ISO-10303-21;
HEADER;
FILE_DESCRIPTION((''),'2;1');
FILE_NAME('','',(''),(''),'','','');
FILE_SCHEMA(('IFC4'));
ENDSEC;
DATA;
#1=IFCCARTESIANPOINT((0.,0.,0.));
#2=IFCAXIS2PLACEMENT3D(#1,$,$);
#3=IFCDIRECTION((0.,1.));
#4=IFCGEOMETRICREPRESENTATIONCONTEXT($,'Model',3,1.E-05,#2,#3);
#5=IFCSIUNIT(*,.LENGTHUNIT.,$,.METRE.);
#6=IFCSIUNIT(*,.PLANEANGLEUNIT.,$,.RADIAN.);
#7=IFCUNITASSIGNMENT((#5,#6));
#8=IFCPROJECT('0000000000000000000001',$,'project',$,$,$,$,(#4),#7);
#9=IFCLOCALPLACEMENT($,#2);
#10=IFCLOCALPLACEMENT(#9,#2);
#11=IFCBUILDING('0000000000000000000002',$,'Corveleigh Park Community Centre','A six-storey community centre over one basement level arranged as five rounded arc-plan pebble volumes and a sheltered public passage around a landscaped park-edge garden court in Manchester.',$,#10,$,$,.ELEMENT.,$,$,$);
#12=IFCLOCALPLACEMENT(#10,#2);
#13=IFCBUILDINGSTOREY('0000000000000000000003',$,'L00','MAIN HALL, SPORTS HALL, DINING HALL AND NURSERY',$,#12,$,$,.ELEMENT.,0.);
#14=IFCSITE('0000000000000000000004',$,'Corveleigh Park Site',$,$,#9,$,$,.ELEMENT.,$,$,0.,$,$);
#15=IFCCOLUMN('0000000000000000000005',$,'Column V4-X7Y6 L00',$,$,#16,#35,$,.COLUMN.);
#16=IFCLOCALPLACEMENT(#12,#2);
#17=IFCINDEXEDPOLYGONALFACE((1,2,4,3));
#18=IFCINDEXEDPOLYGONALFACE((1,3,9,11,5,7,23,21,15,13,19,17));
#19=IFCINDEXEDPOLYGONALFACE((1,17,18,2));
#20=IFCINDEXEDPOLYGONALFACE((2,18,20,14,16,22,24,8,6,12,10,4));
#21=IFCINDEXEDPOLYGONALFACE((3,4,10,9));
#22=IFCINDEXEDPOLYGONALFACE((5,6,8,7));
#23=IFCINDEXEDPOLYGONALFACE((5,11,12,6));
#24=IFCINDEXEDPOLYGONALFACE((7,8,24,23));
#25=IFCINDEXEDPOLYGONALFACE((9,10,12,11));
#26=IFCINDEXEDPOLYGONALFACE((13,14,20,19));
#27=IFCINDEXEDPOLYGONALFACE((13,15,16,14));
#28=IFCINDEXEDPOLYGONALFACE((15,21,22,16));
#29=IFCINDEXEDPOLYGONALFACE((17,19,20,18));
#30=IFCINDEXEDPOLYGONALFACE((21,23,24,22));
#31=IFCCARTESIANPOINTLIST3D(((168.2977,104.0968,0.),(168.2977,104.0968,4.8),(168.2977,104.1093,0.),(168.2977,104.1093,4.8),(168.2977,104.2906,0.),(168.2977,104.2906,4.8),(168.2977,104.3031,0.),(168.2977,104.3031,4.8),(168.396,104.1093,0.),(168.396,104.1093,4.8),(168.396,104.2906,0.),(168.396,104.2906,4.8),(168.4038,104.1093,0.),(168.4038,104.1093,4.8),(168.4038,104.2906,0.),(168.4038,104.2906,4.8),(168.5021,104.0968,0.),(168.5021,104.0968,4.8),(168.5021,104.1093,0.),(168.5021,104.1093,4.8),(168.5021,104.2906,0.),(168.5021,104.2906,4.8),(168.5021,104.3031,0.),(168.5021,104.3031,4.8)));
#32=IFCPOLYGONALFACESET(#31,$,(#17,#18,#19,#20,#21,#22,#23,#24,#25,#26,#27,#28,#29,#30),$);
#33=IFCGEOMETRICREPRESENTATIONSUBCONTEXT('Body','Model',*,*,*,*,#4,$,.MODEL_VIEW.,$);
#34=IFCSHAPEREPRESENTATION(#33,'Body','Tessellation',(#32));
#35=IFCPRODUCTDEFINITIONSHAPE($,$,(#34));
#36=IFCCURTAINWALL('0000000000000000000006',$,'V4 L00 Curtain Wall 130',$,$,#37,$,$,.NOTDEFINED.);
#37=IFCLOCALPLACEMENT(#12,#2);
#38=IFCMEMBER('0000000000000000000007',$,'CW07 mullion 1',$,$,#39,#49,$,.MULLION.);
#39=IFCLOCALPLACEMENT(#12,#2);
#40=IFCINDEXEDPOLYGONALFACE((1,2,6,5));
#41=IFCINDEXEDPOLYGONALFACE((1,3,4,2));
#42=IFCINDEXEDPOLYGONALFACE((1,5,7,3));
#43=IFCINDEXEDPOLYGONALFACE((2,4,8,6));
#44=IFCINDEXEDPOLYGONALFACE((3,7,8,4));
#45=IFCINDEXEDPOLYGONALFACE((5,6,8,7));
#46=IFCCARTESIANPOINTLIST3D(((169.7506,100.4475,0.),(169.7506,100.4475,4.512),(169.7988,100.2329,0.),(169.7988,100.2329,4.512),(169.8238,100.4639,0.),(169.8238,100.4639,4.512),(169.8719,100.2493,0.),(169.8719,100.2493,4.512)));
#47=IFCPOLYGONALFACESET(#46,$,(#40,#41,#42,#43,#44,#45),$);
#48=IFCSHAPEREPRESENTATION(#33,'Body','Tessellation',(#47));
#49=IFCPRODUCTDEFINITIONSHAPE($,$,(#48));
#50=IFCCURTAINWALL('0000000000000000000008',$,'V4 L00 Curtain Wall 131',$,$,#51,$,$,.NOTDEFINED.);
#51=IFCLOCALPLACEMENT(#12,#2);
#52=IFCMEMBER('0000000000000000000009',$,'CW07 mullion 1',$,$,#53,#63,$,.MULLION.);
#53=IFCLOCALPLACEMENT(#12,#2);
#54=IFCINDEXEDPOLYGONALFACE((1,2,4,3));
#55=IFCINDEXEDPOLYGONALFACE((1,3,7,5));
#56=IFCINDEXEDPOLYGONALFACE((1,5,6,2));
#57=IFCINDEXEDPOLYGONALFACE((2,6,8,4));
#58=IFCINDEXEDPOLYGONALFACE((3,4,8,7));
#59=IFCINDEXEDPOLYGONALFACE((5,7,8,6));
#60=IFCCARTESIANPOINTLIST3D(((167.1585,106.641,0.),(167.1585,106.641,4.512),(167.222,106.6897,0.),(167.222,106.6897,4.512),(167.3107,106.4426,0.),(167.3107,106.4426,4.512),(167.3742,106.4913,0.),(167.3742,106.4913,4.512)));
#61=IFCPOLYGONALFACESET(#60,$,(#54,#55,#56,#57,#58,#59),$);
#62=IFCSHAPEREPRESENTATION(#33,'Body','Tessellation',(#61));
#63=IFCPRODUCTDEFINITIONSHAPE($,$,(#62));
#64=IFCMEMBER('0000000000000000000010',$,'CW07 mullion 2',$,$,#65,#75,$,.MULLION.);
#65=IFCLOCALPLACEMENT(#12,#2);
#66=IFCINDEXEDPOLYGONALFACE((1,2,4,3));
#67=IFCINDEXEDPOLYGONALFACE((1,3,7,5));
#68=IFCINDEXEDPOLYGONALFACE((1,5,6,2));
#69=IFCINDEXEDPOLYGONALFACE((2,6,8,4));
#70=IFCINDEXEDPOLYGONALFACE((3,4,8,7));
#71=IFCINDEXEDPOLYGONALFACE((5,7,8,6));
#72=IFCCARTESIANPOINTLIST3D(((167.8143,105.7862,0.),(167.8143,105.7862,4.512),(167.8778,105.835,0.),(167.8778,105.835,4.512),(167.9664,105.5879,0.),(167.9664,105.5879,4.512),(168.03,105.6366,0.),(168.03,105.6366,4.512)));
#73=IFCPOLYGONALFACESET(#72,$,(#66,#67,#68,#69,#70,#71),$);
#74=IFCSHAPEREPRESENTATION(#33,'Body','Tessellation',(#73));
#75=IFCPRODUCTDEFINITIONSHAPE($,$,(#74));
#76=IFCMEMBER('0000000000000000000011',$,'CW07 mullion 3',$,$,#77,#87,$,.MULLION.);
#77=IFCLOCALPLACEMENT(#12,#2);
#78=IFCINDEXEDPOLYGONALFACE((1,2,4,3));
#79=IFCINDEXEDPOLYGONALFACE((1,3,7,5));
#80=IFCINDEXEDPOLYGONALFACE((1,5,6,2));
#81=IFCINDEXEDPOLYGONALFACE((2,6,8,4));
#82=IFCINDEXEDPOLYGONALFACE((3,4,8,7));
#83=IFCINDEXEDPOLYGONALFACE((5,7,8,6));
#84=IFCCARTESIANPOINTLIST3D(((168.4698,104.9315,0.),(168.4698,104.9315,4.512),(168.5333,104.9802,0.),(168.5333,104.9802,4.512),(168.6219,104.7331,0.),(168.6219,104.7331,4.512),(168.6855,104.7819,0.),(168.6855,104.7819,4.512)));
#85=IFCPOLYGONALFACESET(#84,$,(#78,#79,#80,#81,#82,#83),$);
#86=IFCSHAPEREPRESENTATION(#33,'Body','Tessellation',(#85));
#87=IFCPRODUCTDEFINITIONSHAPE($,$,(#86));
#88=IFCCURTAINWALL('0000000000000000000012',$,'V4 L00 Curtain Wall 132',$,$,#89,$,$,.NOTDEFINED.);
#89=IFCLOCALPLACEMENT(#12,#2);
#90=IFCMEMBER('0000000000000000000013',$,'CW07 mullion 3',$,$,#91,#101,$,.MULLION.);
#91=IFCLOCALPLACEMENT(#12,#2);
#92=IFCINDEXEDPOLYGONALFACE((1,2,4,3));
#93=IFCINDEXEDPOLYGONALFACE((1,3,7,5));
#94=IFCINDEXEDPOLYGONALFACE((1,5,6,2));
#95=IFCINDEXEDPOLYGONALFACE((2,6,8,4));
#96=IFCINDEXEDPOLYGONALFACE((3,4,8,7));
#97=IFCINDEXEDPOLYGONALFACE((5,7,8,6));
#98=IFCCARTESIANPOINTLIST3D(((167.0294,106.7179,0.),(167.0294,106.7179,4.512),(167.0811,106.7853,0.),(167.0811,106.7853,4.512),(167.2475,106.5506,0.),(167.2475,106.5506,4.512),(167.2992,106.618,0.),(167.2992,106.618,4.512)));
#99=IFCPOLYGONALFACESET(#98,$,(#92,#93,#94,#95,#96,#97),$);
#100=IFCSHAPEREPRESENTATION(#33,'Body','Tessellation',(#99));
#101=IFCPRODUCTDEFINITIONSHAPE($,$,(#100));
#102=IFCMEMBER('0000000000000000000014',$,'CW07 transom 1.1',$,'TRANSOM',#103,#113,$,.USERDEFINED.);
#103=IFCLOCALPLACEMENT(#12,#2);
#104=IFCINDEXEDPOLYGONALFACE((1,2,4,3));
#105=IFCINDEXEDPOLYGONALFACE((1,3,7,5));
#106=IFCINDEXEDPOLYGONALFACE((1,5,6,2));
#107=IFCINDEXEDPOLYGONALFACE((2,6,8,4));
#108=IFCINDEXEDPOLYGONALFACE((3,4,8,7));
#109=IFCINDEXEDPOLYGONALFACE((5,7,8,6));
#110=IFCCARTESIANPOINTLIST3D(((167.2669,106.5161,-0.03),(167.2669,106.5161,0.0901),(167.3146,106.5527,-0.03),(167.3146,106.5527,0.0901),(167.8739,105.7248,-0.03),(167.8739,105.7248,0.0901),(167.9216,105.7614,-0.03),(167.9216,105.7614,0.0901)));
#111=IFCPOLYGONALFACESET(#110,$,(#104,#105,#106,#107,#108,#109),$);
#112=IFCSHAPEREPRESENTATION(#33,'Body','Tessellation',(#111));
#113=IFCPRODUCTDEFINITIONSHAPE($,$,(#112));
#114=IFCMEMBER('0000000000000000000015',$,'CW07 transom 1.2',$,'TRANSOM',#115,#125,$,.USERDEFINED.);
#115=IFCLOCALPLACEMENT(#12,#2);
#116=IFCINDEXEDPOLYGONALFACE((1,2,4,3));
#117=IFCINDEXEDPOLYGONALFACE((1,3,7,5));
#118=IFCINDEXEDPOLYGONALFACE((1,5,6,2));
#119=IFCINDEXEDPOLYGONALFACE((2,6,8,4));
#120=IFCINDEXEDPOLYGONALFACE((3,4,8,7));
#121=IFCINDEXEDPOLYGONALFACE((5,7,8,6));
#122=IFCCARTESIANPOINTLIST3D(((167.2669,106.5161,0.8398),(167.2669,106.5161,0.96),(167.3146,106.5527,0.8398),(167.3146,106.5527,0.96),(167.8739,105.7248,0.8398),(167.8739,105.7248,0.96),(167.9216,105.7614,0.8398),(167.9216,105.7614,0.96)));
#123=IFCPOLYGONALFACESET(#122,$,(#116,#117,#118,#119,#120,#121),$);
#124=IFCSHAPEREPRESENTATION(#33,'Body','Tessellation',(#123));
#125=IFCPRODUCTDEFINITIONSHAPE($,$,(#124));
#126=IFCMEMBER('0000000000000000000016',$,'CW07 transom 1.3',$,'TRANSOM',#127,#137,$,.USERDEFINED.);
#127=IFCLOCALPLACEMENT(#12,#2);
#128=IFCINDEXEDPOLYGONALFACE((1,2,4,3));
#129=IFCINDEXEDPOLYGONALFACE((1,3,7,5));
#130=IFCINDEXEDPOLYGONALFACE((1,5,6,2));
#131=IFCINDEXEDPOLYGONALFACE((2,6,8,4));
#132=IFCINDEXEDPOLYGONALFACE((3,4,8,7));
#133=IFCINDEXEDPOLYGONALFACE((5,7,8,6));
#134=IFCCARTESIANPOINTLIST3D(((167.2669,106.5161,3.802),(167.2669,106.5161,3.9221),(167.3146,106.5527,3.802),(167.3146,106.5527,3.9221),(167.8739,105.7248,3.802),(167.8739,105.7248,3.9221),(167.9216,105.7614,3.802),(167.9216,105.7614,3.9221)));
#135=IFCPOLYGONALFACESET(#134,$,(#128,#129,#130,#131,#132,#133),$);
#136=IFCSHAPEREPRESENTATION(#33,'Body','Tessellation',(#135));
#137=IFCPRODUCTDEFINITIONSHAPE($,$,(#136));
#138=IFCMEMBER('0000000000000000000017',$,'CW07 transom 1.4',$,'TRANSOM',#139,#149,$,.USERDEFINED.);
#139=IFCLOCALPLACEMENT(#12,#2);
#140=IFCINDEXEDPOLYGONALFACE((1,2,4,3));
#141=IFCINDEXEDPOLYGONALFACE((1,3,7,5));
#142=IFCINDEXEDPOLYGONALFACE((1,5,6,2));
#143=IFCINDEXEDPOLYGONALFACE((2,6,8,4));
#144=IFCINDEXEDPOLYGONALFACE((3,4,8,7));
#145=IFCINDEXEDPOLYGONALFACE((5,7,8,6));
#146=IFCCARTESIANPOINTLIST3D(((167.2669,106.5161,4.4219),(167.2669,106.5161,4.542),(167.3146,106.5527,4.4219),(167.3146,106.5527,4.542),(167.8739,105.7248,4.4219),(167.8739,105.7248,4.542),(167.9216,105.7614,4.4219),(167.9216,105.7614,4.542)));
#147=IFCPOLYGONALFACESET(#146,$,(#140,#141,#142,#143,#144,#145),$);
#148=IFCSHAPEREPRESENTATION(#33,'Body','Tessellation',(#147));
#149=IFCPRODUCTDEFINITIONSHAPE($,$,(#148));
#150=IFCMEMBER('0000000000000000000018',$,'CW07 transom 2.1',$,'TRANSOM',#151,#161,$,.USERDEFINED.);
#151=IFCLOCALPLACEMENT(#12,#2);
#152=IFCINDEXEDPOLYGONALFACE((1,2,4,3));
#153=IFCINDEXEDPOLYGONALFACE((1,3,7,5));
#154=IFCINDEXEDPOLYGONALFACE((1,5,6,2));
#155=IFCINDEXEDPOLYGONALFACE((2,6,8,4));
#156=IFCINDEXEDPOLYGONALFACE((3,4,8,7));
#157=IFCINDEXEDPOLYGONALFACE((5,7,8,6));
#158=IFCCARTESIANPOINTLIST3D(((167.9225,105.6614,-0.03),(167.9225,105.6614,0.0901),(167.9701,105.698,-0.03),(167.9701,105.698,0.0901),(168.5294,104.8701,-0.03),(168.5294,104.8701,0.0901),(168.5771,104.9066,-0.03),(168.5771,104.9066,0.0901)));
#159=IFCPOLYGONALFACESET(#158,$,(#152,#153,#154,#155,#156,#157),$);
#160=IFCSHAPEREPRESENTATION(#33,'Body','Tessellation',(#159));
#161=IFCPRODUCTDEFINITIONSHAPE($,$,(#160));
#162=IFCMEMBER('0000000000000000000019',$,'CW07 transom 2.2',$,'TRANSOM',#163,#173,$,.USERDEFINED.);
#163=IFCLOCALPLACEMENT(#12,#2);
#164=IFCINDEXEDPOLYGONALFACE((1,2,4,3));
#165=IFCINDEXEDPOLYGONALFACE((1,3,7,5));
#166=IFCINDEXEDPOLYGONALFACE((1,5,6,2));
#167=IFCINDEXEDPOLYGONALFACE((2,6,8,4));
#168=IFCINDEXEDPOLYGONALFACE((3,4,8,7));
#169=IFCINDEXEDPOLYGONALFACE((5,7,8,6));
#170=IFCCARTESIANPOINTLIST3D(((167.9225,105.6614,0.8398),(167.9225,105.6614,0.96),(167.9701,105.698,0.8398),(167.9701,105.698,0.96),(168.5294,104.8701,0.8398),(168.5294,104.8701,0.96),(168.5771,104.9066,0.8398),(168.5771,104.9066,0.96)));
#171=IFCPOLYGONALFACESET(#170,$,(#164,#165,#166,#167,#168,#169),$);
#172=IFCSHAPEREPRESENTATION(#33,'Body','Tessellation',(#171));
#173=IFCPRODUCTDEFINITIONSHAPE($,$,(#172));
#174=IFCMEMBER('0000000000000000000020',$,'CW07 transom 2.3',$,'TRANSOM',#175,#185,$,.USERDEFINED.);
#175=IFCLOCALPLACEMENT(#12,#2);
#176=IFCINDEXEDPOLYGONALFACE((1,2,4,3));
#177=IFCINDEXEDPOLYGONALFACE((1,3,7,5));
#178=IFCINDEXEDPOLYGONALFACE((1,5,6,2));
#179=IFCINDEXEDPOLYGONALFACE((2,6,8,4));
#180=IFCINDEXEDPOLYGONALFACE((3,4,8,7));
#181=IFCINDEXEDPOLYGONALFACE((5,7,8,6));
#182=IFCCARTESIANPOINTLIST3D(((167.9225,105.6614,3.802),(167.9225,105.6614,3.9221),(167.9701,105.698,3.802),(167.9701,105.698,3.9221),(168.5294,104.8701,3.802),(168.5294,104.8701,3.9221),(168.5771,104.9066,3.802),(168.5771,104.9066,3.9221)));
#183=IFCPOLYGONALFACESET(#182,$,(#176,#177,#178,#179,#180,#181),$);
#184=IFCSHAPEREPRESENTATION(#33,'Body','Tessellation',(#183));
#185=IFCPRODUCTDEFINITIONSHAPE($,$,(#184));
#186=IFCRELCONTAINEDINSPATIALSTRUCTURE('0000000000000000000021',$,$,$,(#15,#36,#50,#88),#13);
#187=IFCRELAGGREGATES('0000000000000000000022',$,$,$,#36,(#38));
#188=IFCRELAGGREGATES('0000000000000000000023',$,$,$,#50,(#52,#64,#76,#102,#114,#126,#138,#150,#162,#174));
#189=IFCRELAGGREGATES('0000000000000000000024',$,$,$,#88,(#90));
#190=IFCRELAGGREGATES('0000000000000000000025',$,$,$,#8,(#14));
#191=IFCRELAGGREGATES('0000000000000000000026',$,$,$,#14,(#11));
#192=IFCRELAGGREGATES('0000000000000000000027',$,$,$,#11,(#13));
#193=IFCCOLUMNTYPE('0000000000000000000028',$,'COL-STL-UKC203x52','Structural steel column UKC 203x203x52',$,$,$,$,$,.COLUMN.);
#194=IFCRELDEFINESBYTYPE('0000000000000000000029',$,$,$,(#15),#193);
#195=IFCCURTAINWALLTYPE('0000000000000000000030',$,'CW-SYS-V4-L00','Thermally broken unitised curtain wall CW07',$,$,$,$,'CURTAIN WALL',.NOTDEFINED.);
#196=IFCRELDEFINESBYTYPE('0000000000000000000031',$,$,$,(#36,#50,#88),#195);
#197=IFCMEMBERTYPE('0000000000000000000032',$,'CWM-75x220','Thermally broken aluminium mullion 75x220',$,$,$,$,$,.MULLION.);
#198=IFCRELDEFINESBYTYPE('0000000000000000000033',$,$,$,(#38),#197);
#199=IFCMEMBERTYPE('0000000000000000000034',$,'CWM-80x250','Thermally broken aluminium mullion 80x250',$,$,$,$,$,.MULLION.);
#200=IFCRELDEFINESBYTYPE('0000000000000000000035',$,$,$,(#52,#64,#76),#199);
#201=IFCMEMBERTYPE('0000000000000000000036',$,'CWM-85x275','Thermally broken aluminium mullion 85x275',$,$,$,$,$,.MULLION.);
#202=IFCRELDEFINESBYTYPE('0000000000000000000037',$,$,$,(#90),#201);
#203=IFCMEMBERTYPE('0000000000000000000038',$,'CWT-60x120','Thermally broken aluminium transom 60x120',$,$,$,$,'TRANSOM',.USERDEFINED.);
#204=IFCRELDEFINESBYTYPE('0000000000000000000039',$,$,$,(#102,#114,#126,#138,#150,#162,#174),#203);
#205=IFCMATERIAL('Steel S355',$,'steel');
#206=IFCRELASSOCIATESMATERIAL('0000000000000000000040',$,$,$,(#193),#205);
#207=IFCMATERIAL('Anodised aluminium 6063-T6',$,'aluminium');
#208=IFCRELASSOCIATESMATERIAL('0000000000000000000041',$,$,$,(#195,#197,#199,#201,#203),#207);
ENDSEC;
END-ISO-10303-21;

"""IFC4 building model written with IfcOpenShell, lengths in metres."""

from ifc_helpers import new_model, si_unit, direction, frame, origin, origin_2d, place, context, subcontext, project, spatial, rectangle, i_section, extrude, material, material_profile, profile_set, type_object, element, aggregate, save


model = new_model("IFC4")

# Units and contexts
model_context = context("Model", 3, precision=1e-05, world=origin(), true_north=direction((0.0, 1.0)))
body_context = subcontext(model_context, "Body", "Model", "MODEL_VIEW")
ifc_project = project(units=[si_unit("LENGTHUNIT", "METRE"), si_unit("PLANEANGLEUNIT", "RADIAN")], contexts=[model_context])

# Site, building, storey
site_placement = place(None, origin())
site = spatial("IfcSite", under=ifc_project, at=site_placement, Name="Corveleigh Park Site", CompositionType="ELEMENT", RefElevation=0.0)
building_placement = place(site_placement, origin())
building = spatial("IfcBuilding", under=site, at=building_placement, Name="Corveleigh Park Community Centre", Description="A six-storey community centre over one basement level arranged as five rounded arc-plan pebble volumes and a sheltered public passage around a landscaped park-edge garden court in Manchester.", CompositionType="ELEMENT")
storey_placement = place(building_placement, origin())
storey = spatial("IfcBuildingStorey", under=building, at=storey_placement, Name="L00", Description="MAIN HALL, SPORTS HALL, DINING HALL AND NURSERY", CompositionType="ELEMENT", Elevation=0.0)

# Column
ifc_material_1 = material(Name="Steel S355", Category="steel")
ifc_material_profile_1 = material_profile(ifc_material_1, i_section(OverallWidth=0.2043, OverallDepth=0.2063, WebThickness=0.0078, FlangeThickness=0.0125, at=origin_2d()), Name="UKC 203x203x52", Category="steel")
ifc_profile_set_1 = profile_set([ifc_material_profile_1], Name="Steel S355")
column_type = type_object("IfcColumnType", Name="COL-STL-UKC203x52", Description="Structural steel column UKC 203x203x52", PredefinedType="COLUMN", material=ifc_profile_set_1)
column_placement = place(storey_placement, frame((168.3999, 104.2, 0.0), z_axis=(0.0, 0.0, 1.0), x_axis=(1.0, 0.0, 0.0)))
element("IfcColumn", 1, at=column_placement, inside=storey, type_object=column_type, Name="Column V4-X7Y6 L00", PredefinedType="COLUMN", context=body_context, shape_type="SweptSolid", body=[
    extrude(i_section(OverallWidth=0.2043, OverallDepth=0.2063, WebThickness=0.0078, FlangeThickness=0.0125, at=origin_2d()), origin(), (0.0, 0.0, 1.0), 4.8),
])

# Curtain wall, member
ifc_material_2 = material(Name="Anodised aluminium 6063-T6", Category="aluminium")
curtain_wall_type = type_object("IfcCurtainWallType", Name="CW-SYS-V4-L00", Description="Thermally broken unitised curtain wall CW07", ElementType="CURTAIN WALL", PredefinedType="NOTDEFINED", material=ifc_material_2)
curtain_wall_1_placement = place(storey_placement, origin())
curtain_wall_1 = element("IfcCurtainWall", 2, at=curtain_wall_1_placement, inside=storey, type_object=curtain_wall_type, Name="V4 L00 Curtain Wall 130", PredefinedType="NOTDEFINED")
ifc_material_profile_2 = material_profile(ifc_material_2, rectangle(XDim=0.075, YDim=0.22, at=origin_2d()), Name="ALU-M75x220", Category="aluminium")
ifc_profile_set_2 = profile_set([ifc_material_profile_2], Name="Anodised aluminium 6063-T6")
member_type_1 = type_object("IfcMemberType", Name="CWM-75x220", Description="Thermally broken aluminium mullion 75x220", PredefinedType="MULLION", material=ifc_profile_set_2)
member_1_placement = place(storey_placement, frame((169.8113, 100.3484, 0.0), z_axis=(0.0, 0.0, 1.0), x_axis=(0.975753, 0.218873, 0.0)))
member_1 = element("IfcMember", 3, at=member_1_placement, type_object=member_type_1, Name="CW07 mullion 1", PredefinedType="MULLION", context=body_context, shape_type="SweptSolid", body=[
    extrude(rectangle(XDim=0.075, YDim=0.22, at=origin_2d()), origin(), (0.0, 0.0, 1.0), 4.512),
])

# Curtain wall, members
curtain_wall_2_placement = place(storey_placement, origin())
curtain_wall_2 = element("IfcCurtainWall", 4, at=curtain_wall_2_placement, inside=storey, type_object=curtain_wall_type, Name="V4 L00 Curtain Wall 131", PredefinedType="NOTDEFINED")
ifc_material_profile_3 = material_profile(ifc_material_2, rectangle(XDim=0.0801, YDim=0.25, at=origin_2d()), Name="ALU-M80x250", Category="aluminium")
ifc_profile_set_3 = profile_set([ifc_material_profile_3], Name="Anodised aluminium 6063-T6")
member_type_2 = type_object("IfcMemberType", Name="CWM-80x250", Description="Thermally broken aluminium mullion 80x250", PredefinedType="MULLION", material=ifc_profile_set_3)
member_2_placement = place(storey_placement, frame((167.2664, 106.5662, 0.0), z_axis=(0.0, 0.0, 1.0), x_axis=(0.793455, 0.608629, 0.0)))
member_2 = element("IfcMember", 5, at=member_2_placement, type_object=member_type_2, Name="CW07 mullion 1", PredefinedType="MULLION", context=body_context, shape_type="SweptSolid", body=[
    extrude(rectangle(XDim=0.0801, YDim=0.25, at=origin_2d()), origin(), (0.0, 0.0, 1.0), 4.512),
])
member_3_placement = place(storey_placement, frame((167.9221, 105.7114, 0.0), z_axis=(0.0, 0.0, 1.0), x_axis=(0.793455, 0.608629, 0.0)))
member_3 = element("IfcMember", 6, at=member_3_placement, type_object=member_type_2, Name="CW07 mullion 2", PredefinedType="MULLION", context=body_context, shape_type="SweptSolid", body=[
    extrude(rectangle(XDim=0.0801, YDim=0.25, at=origin_2d()), origin(), (0.0, 0.0, 1.0), 4.512),
])
member_4_placement = place(storey_placement, frame((168.5776, 104.8567, 0.0), z_axis=(0.0, 0.0, 1.0), x_axis=(0.793455, 0.608629, 0.0)))
member_4 = element("IfcMember", 7, at=member_4_placement, type_object=member_type_2, Name="CW07 mullion 3", PredefinedType="MULLION", context=body_context, shape_type="SweptSolid", body=[
    extrude(rectangle(XDim=0.0801, YDim=0.25, at=origin_2d()), origin(), (0.0, 0.0, 1.0), 4.512),
])

# Curtain wall, member
curtain_wall_3_placement = place(storey_placement, origin())
curtain_wall_3 = element("IfcCurtainWall", 8, at=curtain_wall_3_placement, inside=storey, type_object=curtain_wall_type, Name="V4 L00 Curtain Wall 132", PredefinedType="NOTDEFINED")
ifc_material_profile_4 = material_profile(ifc_material_2, rectangle(XDim=0.085, YDim=0.2749, at=origin_2d()), Name="ALU-M85x275", Category="aluminium")
ifc_profile_set_4 = profile_set([ifc_material_profile_4], Name="Anodised aluminium 6063-T6")
member_type_3 = type_object("IfcMemberType", Name="CWM-85x275", Description="Thermally broken aluminium mullion 85x275", PredefinedType="MULLION", material=ifc_profile_set_4)
member_5_placement = place(storey_placement, frame((167.1643, 106.668, 0.0), z_axis=(0.0, 0.0, 1.0), x_axis=(0.608629, 0.793455, 0.0)))
member_5 = element("IfcMember", 9, at=member_5_placement, type_object=member_type_3, Name="CW07 mullion 3", PredefinedType="MULLION", context=body_context, shape_type="SweptSolid", body=[
    extrude(rectangle(XDim=0.085, YDim=0.2749, at=origin_2d()), origin(), (0.0, 0.0, 1.0), 4.512),
])

# Members
ifc_material_profile_5 = material_profile(ifc_material_2, rectangle(XDim=0.0601, YDim=0.1201, at=origin_2d()), Name="ALU-T60x120", Category="aluminium")
ifc_profile_set_5 = profile_set([ifc_material_profile_5], Name="Anodised aluminium 6063-T6")
member_type_4 = type_object("IfcMemberType", Name="CWT-60x120", Description="Thermally broken aluminium transom 60x120", ElementType="TRANSOM", PredefinedType="USERDEFINED", material=ifc_profile_set_5)
member_6_placement = place(storey_placement, frame((167.2908, 106.5344, 0.03), z_axis=(0.608622, -0.793461, 0.0), x_axis=(0.793461, 0.608622, 0.0)))
member_6 = element("IfcMember", 10, at=member_6_placement, type_object=member_type_4, Name="CW07 transom 1.1", ObjectType="TRANSOM", PredefinedType="USERDEFINED", context=body_context, shape_type="SweptSolid", body=[
    extrude(rectangle(XDim=0.0601, YDim=0.1201, at=origin_2d()), origin(), (0.0, 0.0, 1.0), 0.9973),
])
member_7_placement = place(storey_placement, frame((167.2908, 106.5344, 0.8999), z_axis=(0.608622, -0.793461, 0.0), x_axis=(0.793461, 0.608622, 0.0)))
member_7 = element("IfcMember", 11, at=member_7_placement, type_object=member_type_4, Name="CW07 transom 1.2", ObjectType="TRANSOM", PredefinedType="USERDEFINED", context=body_context, shape_type="SweptSolid", body=[
    extrude(rectangle(XDim=0.0601, YDim=0.1201, at=origin_2d()), origin(), (0.0, 0.0, 1.0), 0.9973),
])
member_8_placement = place(storey_placement, frame((167.2908, 106.5344, 3.8621), z_axis=(0.608622, -0.793461, 0.0), x_axis=(0.793461, 0.608622, 0.0)))
member_8 = element("IfcMember", 12, at=member_8_placement, type_object=member_type_4, Name="CW07 transom 1.3", ObjectType="TRANSOM", PredefinedType="USERDEFINED", context=body_context, shape_type="SweptSolid", body=[
    extrude(rectangle(XDim=0.0601, YDim=0.1201, at=origin_2d()), origin(), (0.0, 0.0, 1.0), 0.9973),
])
member_9_placement = place(storey_placement, frame((167.2908, 106.5344, 4.4819), z_axis=(0.608622, -0.793461, 0.0), x_axis=(0.793461, 0.608622, 0.0)))
member_9 = element("IfcMember", 13, at=member_9_placement, type_object=member_type_4, Name="CW07 transom 1.4", ObjectType="TRANSOM", PredefinedType="USERDEFINED", context=body_context, shape_type="SweptSolid", body=[
    extrude(rectangle(XDim=0.0601, YDim=0.1201, at=origin_2d()), origin(), (0.0, 0.0, 1.0), 0.9973),
])
member_10_placement = place(storey_placement, frame((167.9463, 105.6797, 0.03), z_axis=(0.608622, -0.793461, 0.0), x_axis=(0.793461, 0.608622, 0.0)))
member_10 = element("IfcMember", 14, at=member_10_placement, type_object=member_type_4, Name="CW07 transom 2.1", ObjectType="TRANSOM", PredefinedType="USERDEFINED", context=body_context, shape_type="SweptSolid", body=[
    extrude(rectangle(XDim=0.0601, YDim=0.1201, at=origin_2d()), origin(), (0.0, 0.0, 1.0), 0.9973),
])
member_11_placement = place(storey_placement, frame((167.9463, 105.6797, 0.8999), z_axis=(0.608622, -0.793461, 0.0), x_axis=(0.793461, 0.608622, 0.0)))
member_11 = element("IfcMember", 15, at=member_11_placement, type_object=member_type_4, Name="CW07 transom 2.2", ObjectType="TRANSOM", PredefinedType="USERDEFINED", context=body_context, shape_type="SweptSolid", body=[
    extrude(rectangle(XDim=0.0601, YDim=0.1201, at=origin_2d()), origin(), (0.0, 0.0, 1.0), 0.9973),
])
member_12_placement = place(storey_placement, frame((167.9463, 105.6797, 3.8621), z_axis=(0.608622, -0.793461, 0.0), x_axis=(0.793461, 0.608622, 0.0)))
member_12 = element("IfcMember", 16, at=member_12_placement, type_object=member_type_4, Name="CW07 transom 2.3", ObjectType="TRANSOM", PredefinedType="USERDEFINED", context=body_context, shape_type="SweptSolid", body=[
    extrude(rectangle(XDim=0.0601, YDim=0.1201, at=origin_2d()), origin(), (0.0, 0.0, 1.0), 0.9973),
])
aggregate(curtain_wall_1, [member_1])

aggregate(curtain_wall_2, [member_2, member_3, member_4, member_6, member_7, member_8, member_9, member_10, member_11, member_12])
aggregate(curtain_wall_3, [member_5])

save(model, "model.ifc")
